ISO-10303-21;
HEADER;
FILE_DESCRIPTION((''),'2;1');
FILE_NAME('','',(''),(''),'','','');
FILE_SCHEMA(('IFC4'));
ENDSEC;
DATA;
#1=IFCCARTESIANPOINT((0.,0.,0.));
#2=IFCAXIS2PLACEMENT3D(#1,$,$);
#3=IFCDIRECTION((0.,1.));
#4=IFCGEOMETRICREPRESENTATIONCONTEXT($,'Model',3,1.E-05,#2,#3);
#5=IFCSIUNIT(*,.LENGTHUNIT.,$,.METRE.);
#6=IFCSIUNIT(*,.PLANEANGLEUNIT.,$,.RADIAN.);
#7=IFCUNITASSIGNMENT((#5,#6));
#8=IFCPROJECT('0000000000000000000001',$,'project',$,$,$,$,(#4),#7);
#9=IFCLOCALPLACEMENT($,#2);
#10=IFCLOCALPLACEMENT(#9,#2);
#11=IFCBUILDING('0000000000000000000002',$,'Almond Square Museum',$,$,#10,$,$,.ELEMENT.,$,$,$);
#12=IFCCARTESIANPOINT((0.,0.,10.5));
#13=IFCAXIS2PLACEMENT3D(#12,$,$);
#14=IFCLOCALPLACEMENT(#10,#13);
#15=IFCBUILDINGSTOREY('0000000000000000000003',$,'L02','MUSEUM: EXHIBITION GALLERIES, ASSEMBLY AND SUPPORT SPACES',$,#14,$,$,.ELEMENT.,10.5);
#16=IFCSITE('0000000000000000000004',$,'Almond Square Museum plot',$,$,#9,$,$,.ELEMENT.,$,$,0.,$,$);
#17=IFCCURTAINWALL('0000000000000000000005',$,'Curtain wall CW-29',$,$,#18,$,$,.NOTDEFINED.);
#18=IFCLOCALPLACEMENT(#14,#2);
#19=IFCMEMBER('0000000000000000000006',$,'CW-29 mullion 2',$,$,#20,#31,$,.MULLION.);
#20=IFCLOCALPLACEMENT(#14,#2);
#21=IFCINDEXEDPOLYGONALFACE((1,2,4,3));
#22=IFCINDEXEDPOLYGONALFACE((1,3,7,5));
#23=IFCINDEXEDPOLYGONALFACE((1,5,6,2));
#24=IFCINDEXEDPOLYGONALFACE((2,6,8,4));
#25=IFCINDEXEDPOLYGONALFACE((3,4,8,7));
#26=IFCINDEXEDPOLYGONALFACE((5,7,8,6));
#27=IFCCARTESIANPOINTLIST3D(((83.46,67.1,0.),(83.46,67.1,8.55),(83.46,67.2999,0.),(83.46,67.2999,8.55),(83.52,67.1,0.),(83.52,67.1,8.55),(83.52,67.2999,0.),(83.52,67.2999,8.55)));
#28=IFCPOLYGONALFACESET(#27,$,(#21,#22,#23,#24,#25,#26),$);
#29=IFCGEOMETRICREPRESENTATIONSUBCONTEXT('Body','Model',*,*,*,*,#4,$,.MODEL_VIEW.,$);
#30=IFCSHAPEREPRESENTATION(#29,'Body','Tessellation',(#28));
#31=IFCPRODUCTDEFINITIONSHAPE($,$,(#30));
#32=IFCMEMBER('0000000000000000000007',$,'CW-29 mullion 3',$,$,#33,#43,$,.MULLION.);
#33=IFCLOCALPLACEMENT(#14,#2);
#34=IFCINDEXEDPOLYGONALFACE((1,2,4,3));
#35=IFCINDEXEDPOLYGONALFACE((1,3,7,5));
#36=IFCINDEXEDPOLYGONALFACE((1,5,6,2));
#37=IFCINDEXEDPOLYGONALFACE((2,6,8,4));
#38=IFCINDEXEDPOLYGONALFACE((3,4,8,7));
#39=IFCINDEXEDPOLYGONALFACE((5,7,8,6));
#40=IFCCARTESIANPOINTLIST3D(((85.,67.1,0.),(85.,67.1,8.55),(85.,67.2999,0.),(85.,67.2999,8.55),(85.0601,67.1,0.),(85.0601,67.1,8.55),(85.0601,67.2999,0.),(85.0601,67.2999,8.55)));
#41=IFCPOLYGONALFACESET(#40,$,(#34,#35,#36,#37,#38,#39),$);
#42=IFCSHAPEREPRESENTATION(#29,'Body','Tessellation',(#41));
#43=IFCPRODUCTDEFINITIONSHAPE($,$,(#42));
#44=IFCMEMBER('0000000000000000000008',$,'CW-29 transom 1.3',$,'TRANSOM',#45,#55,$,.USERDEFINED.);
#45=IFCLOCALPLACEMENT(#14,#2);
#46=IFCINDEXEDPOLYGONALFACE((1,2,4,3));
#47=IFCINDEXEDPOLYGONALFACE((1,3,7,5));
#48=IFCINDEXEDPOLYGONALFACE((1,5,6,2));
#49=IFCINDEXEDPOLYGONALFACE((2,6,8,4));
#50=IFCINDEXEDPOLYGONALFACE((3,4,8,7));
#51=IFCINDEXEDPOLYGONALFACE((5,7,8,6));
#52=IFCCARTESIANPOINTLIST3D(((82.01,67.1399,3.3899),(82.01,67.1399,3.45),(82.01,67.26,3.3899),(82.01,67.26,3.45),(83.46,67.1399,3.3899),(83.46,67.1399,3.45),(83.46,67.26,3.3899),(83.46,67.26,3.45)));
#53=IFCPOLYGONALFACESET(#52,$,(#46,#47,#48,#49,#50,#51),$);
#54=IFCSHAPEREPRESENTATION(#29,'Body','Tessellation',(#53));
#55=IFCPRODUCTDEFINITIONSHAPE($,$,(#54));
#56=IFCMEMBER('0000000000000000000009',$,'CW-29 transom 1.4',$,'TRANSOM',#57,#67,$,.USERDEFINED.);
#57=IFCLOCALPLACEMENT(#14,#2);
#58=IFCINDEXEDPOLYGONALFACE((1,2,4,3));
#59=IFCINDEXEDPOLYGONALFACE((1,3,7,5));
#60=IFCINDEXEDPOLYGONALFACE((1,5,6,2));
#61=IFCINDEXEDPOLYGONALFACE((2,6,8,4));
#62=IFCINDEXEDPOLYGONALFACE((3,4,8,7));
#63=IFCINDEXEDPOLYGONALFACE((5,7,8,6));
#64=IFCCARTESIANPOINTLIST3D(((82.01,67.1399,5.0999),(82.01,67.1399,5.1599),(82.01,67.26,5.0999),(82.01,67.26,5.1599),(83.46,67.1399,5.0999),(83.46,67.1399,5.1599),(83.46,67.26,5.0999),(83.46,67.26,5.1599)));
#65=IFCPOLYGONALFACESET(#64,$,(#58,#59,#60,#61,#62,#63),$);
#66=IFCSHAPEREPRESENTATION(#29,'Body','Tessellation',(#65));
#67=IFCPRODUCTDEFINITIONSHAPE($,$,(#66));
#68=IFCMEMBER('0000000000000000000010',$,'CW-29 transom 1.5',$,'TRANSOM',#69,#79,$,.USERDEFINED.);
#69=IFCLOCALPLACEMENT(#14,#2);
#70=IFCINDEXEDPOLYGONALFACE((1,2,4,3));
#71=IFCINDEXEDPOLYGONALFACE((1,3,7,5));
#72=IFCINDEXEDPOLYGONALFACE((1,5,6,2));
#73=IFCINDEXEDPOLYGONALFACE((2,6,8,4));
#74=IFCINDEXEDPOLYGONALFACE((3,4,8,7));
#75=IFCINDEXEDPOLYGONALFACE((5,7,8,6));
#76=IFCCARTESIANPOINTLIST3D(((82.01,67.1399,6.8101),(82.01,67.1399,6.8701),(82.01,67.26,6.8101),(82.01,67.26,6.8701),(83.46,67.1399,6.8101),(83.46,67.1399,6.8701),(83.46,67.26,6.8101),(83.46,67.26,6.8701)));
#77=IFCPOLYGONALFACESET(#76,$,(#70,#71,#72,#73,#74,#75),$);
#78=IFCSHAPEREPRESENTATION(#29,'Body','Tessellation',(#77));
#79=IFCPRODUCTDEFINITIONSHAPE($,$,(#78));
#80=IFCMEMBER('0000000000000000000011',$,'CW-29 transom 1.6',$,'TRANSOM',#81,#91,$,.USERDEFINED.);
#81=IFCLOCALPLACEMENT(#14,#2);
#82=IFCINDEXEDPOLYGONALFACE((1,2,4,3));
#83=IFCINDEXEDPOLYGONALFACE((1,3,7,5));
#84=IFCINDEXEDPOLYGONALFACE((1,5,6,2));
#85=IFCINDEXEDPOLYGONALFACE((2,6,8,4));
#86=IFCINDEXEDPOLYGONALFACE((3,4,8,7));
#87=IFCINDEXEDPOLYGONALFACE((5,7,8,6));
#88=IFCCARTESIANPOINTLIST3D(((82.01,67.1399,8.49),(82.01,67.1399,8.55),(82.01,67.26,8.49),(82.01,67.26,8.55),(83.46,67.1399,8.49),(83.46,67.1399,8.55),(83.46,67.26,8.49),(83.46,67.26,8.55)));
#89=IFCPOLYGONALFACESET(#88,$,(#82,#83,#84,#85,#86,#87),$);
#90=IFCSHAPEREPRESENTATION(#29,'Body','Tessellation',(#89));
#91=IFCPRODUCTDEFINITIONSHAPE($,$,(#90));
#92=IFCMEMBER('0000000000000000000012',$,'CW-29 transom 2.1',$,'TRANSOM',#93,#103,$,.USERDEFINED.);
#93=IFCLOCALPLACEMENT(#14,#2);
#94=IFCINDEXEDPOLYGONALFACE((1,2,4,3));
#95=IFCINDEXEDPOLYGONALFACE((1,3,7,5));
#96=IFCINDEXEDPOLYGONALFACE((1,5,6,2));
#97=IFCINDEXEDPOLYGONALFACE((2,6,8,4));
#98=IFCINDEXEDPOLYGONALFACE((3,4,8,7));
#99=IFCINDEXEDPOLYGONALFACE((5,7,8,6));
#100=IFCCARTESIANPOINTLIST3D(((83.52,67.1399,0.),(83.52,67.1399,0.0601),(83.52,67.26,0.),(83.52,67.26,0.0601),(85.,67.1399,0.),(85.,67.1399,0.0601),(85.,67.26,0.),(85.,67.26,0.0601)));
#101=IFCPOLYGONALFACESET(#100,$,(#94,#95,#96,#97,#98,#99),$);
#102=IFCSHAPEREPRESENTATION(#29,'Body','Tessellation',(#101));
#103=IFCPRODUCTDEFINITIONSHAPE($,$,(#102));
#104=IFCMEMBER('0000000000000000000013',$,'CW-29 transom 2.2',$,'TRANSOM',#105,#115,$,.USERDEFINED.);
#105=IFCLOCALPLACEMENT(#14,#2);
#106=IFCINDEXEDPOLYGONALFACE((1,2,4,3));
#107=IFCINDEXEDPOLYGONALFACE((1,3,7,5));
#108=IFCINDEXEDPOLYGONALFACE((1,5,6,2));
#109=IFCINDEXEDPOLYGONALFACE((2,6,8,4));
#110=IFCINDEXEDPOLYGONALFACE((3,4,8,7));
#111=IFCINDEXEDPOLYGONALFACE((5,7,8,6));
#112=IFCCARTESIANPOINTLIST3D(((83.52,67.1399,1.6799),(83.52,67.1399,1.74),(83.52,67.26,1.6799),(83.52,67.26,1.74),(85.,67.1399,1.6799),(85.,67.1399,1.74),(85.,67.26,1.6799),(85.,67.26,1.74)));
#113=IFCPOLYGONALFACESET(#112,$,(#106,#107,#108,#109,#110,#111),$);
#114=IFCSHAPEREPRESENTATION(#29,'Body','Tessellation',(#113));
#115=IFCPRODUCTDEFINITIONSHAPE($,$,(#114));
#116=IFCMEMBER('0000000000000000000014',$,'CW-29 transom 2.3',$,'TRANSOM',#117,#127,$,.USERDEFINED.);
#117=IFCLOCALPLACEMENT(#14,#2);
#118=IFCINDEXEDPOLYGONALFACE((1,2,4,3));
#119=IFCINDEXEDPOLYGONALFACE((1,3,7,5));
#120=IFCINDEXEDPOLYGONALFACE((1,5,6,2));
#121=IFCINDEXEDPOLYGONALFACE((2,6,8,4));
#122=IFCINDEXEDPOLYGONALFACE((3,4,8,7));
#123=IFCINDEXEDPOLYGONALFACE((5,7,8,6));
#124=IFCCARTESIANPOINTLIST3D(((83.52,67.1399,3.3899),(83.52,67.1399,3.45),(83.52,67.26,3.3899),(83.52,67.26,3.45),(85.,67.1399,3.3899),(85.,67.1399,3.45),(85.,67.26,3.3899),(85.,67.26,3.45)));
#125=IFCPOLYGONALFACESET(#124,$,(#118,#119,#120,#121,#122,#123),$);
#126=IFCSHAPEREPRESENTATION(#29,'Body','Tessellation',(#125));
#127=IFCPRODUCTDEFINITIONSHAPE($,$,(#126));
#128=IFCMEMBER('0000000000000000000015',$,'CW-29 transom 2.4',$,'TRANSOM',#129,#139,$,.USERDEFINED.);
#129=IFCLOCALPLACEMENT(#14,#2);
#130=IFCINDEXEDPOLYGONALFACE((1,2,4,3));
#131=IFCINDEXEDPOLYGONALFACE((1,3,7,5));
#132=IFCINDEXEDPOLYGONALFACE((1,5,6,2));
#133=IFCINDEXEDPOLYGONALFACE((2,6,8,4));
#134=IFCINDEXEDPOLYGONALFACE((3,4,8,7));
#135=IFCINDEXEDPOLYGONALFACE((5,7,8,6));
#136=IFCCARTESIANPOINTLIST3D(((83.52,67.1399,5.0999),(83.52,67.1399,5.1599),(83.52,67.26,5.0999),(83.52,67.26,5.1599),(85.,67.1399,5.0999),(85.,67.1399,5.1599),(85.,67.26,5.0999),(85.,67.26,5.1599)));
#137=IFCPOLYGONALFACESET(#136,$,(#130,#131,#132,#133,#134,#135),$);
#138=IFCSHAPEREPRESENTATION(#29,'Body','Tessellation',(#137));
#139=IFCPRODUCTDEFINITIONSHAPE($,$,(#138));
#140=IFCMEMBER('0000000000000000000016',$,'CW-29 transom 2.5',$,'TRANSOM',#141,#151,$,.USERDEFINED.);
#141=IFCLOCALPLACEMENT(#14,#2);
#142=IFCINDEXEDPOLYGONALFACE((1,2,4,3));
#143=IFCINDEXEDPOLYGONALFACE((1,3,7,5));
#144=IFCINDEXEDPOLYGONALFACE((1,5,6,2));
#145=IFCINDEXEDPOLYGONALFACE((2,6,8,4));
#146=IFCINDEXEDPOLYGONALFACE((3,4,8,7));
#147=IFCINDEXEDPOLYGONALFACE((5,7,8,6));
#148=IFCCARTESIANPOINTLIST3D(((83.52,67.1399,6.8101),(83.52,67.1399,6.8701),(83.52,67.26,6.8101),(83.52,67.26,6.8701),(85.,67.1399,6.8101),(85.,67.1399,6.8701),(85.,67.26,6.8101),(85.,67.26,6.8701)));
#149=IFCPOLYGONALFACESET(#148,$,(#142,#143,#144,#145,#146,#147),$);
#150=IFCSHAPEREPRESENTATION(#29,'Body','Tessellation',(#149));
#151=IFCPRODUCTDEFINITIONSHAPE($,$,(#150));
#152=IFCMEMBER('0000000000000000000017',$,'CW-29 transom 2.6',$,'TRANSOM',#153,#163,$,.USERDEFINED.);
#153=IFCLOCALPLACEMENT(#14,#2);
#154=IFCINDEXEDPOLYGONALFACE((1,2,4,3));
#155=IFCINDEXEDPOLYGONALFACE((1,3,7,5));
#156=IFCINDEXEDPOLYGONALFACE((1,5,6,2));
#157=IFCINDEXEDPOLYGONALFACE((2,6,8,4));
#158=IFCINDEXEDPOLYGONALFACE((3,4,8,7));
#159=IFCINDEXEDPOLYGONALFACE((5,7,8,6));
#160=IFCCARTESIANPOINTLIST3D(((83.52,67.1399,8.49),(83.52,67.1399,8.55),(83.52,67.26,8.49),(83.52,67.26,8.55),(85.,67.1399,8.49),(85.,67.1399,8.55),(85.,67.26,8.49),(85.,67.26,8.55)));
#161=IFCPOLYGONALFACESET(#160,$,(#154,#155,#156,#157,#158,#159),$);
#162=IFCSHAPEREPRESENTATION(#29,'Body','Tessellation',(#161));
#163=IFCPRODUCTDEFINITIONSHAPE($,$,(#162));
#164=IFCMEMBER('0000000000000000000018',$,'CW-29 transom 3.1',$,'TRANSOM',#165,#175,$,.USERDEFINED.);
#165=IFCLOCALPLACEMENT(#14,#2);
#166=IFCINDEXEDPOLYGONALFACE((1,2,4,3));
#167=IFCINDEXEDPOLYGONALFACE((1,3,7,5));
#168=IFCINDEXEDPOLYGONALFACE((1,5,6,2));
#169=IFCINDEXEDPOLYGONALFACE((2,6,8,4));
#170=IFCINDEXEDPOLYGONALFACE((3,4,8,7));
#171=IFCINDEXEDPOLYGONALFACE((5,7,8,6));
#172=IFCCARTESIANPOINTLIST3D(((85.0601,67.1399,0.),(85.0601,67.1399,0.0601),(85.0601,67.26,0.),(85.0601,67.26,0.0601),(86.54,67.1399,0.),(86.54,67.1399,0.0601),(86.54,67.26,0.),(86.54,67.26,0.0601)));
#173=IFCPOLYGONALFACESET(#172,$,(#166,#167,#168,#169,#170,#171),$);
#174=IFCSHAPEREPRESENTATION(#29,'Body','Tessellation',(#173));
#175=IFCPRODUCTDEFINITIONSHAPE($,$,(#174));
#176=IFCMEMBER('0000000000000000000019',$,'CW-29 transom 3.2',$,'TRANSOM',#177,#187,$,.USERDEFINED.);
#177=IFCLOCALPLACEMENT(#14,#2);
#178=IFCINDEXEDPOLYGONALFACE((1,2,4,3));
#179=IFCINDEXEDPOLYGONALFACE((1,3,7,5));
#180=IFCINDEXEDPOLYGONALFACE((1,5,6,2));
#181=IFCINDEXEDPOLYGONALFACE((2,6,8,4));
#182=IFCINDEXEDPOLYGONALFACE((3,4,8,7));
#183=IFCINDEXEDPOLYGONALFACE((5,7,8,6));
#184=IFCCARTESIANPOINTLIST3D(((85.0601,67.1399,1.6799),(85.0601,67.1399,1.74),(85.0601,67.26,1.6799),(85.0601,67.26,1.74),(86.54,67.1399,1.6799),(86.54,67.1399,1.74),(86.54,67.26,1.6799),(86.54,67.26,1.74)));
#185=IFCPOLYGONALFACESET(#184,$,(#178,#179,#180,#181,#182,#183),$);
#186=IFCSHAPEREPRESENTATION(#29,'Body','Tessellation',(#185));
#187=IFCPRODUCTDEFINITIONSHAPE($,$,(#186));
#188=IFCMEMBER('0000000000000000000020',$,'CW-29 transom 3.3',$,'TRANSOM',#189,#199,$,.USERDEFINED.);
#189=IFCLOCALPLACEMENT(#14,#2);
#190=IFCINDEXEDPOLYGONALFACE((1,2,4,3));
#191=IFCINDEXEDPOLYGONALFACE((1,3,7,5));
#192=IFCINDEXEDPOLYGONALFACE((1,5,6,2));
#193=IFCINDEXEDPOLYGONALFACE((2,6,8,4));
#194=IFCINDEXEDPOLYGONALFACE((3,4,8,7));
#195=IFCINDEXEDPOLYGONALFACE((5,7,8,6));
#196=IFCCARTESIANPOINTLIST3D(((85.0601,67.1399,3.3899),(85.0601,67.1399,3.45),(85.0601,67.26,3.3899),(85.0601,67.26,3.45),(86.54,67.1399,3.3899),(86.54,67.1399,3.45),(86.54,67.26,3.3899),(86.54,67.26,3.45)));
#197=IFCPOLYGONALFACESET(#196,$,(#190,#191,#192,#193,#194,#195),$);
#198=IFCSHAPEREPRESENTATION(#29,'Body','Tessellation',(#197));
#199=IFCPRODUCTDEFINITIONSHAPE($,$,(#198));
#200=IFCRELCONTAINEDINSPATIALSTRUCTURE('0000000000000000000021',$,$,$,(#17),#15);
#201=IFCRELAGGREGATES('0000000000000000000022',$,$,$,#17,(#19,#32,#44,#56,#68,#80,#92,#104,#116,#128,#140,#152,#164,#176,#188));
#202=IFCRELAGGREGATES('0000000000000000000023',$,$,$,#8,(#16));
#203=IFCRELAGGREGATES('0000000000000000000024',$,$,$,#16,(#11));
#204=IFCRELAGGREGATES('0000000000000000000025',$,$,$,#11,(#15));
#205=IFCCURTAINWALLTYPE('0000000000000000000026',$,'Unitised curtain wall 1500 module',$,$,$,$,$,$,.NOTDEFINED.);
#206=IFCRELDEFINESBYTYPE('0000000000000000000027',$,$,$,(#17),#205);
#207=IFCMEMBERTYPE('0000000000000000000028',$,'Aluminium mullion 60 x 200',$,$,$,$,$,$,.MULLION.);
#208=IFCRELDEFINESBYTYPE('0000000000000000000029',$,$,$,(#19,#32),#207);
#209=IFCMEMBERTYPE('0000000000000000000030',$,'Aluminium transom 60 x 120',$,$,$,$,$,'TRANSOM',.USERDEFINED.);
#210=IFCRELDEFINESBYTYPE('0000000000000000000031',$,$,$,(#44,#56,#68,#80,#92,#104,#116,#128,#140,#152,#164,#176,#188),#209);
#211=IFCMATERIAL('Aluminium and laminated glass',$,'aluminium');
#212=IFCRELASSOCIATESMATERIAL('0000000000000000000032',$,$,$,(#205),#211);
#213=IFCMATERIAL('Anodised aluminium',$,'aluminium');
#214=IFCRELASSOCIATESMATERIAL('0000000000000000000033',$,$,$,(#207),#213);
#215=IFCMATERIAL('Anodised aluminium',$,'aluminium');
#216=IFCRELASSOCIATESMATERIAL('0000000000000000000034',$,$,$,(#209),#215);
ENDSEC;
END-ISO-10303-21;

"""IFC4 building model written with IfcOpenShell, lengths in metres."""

from ifc_helpers import new_model, si_unit, direction, frame, origin, origin_2d, place, context, subcontext, project, spatial, rectangle, extrude, material, material_profile, profile_set, type_object, element, aggregate, save


model = new_model("IFC4")

# Units and contexts
model_context = context("Model", 3, precision=1e-05, world=origin(), true_north=direction((0.0, 1.0)))
body_context = subcontext(model_context, "Body", "Model", "MODEL_VIEW")
ifc_project = project(units=[si_unit("LENGTHUNIT", "METRE"), si_unit("PLANEANGLEUNIT", "RADIAN")], contexts=[model_context])

# Site, building, storey
site_placement = place(None, origin())
site = spatial("IfcSite", under=ifc_project, at=site_placement, Name="Almond Square Museum plot", CompositionType="ELEMENT", RefElevation=0.0)
building_placement = place(site_placement, origin())
building = spatial("IfcBuilding", under=site, at=building_placement, Name="Almond Square Museum", CompositionType="ELEMENT")
storey_placement = place(building_placement, frame((0.0, 0.0, 10.5)))
storey = spatial("IfcBuildingStorey", under=building, at=storey_placement, Name="L02", Description="MUSEUM: EXHIBITION GALLERIES, ASSEMBLY AND SUPPORT SPACES", CompositionType="ELEMENT", Elevation=10.5)

# Curtain wall, members
ifc_material_1 = material(Name="Aluminium and laminated glass", Category="aluminium")
curtain_wall_type = type_object("IfcCurtainWallType", Name="Unitised curtain wall 1500 module", PredefinedType="NOTDEFINED", material=ifc_material_1)
curtain_wall_placement = place(storey_placement, origin())
curtain_wall = element("IfcCurtainWall", 1, at=curtain_wall_placement, inside=storey, type_object=curtain_wall_type, Name="Curtain wall CW-29", PredefinedType="NOTDEFINED")
ifc_material_2 = material(Name="Anodised aluminium", Category="aluminium")
ifc_material_profile_1 = material_profile(ifc_material_2, rectangle(XDim=0.2, YDim=0.0601, at=origin_2d()))
ifc_profile_set_1 = profile_set([ifc_material_profile_1], Name="Anodised aluminium")
member_type_1 = type_object("IfcMemberType", Name="Aluminium mullion 60 x 200", PredefinedType="MULLION", material=ifc_profile_set_1)
member_1_placement = place(storey_placement, frame((83.49, 67.2, 0.0), z_axis=(0.0, 0.0, 1.0), x_axis=(0.0, 1.0, 0.0)))
member_1 = element("IfcMember", 2, at=member_1_placement, type_object=member_type_1, Name="CW-29 mullion 2", PredefinedType="MULLION", context=body_context, shape_type="SweptSolid", body=[
    extrude(rectangle(XDim=0.2, YDim=0.0601, at=origin_2d()), origin(), (0.0, 0.0, 1.0), 8.55),
])
member_2_placement = place(storey_placement, frame((85.03, 67.2, 0.0), z_axis=(0.0, 0.0, 1.0), x_axis=(0.0, 1.0, 0.0)))
member_2 = element("IfcMember", 3, at=member_2_placement, type_object=member_type_1, Name="CW-29 mullion 3", PredefinedType="MULLION", context=body_context, shape_type="SweptSolid", body=[
    extrude(rectangle(XDim=0.2, YDim=0.0601, at=origin_2d()), origin(), (0.0, 0.0, 1.0), 8.55),
])
ifc_material_3 = material(Name="Anodised aluminium", Category="aluminium")
ifc_material_profile_2 = material_profile(ifc_material_3, rectangle(XDim=0.1201, YDim=0.0601, at=origin_2d()))
ifc_profile_set_2 = profile_set([ifc_material_profile_2], Name="Anodised aluminium")
member_type_2 = type_object("IfcMemberType", Name="Aluminium transom 60 x 120", ElementType="TRANSOM", PredefinedType="USERDEFINED", material=ifc_profile_set_2)
member_3_placement = place(storey_placement, frame((82.01, 67.2, 3.4199), z_axis=(1.0, 0.0, 0.0), x_axis=(0.0, 1.0, 0.0)))
member_3 = element("IfcMember", 4, at=member_3_placement, type_object=member_type_2, Name="CW-29 transom 1.3", ObjectType="TRANSOM", PredefinedType="USERDEFINED", context=body_context, shape_type="SweptSolid", body=[
    extrude(rectangle(XDim=0.1201, YDim=0.0601, at=origin_2d()), origin(), (0.0, 0.0, 1.0), 1.45),
])
member_4_placement = place(storey_placement, frame((82.01, 67.2, 5.1299), z_axis=(1.0, 0.0, 0.0), x_axis=(0.0, 1.0, 0.0)))
member_4 = element("IfcMember", 5, at=member_4_placement, type_object=member_type_2, Name="CW-29 transom 1.4", ObjectType="TRANSOM", PredefinedType="USERDEFINED", context=body_context, shape_type="SweptSolid", body=[
    extrude(rectangle(XDim=0.1201, YDim=0.0601, at=origin_2d()), origin(), (0.0, 0.0, 1.0), 1.45),
])
member_5_placement = place(storey_placement, frame((82.01, 67.2, 6.8401), z_axis=(1.0, 0.0, 0.0), x_axis=(0.0, 1.0, 0.0)))
member_5 = element("IfcMember", 6, at=member_5_placement, type_object=member_type_2, Name="CW-29 transom 1.5", ObjectType="TRANSOM", PredefinedType="USERDEFINED", context=body_context, shape_type="SweptSolid", body=[
    extrude(rectangle(XDim=0.1201, YDim=0.0601, at=origin_2d()), origin(), (0.0, 0.0, 1.0), 1.45),
])
member_6_placement = place(storey_placement, frame((82.01, 67.2, 8.52), z_axis=(1.0, 0.0, 0.0), x_axis=(0.0, 1.0, 0.0)))
member_6 = element("IfcMember", 7, at=member_6_placement, type_object=member_type_2, Name="CW-29 transom 1.6", ObjectType="TRANSOM", PredefinedType="USERDEFINED", context=body_context, shape_type="SweptSolid", body=[
    extrude(rectangle(XDim=0.1201, YDim=0.0601, at=origin_2d()), origin(), (0.0, 0.0, 1.0), 1.45),
])
member_7_placement = place(storey_placement, frame((83.52, 67.2, 0.03), z_axis=(1.0, 0.0, 0.0), x_axis=(0.0, 1.0, 0.0)))
member_7 = element("IfcMember", 8, at=member_7_placement, type_object=member_type_2, Name="CW-29 transom 2.1", ObjectType="TRANSOM", PredefinedType="USERDEFINED", context=body_context, shape_type="SweptSolid", body=[
    extrude(rectangle(XDim=0.1201, YDim=0.0601, at=origin_2d()), origin(), (0.0, 0.0, 1.0), 1.48),
])
member_8_placement = place(storey_placement, frame((83.52, 67.2, 1.71), z_axis=(1.0, 0.0, 0.0), x_axis=(0.0, 1.0, 0.0)))
member_8 = element("IfcMember", 9, at=member_8_placement, type_object=member_type_2, Name="CW-29 transom 2.2", ObjectType="TRANSOM", PredefinedType="USERDEFINED", context=body_context, shape_type="SweptSolid", body=[
    extrude(rectangle(XDim=0.1201, YDim=0.0601, at=origin_2d()), origin(), (0.0, 0.0, 1.0), 1.48),
])
member_9_placement = place(storey_placement, frame((83.52, 67.2, 3.4199), z_axis=(1.0, 0.0, 0.0), x_axis=(0.0, 1.0, 0.0)))
member_9 = element("IfcMember", 10, at=member_9_placement, type_object=member_type_2, Name="CW-29 transom 2.3", ObjectType="TRANSOM", PredefinedType="USERDEFINED", context=body_context, shape_type="SweptSolid", body=[
    extrude(rectangle(XDim=0.1201, YDim=0.0601, at=origin_2d()), origin(), (0.0, 0.0, 1.0), 1.48),
])
member_10_placement = place(storey_placement, frame((83.52, 67.2, 5.1299), z_axis=(1.0, 0.0, 0.0), x_axis=(0.0, 1.0, 0.0)))
member_10 = element("IfcMember", 11, at=member_10_placement, type_object=member_type_2, Name="CW-29 transom 2.4", ObjectType="TRANSOM", PredefinedType="USERDEFINED", context=body_context, shape_type="SweptSolid", body=[
    extrude(rectangle(XDim=0.1201, YDim=0.0601, at=origin_2d()), origin(), (0.0, 0.0, 1.0), 1.48),
])
member_11_placement = place(storey_placement, frame((83.52, 67.2, 6.8401), z_axis=(1.0, 0.0, 0.0), x_axis=(0.0, 1.0, 0.0)))
member_11 = element("IfcMember", 12, at=member_11_placement, type_object=member_type_2, Name="CW-29 transom 2.5", ObjectType="TRANSOM", PredefinedType="USERDEFINED", context=body_context, shape_type="SweptSolid", body=[
    extrude(rectangle(XDim=0.1201, YDim=0.0601, at=origin_2d()), origin(), (0.0, 0.0, 1.0), 1.48),
])
member_12_placement = place(storey_placement, frame((83.52, 67.2, 8.52), z_axis=(1.0, 0.0, 0.0), x_axis=(0.0, 1.0, 0.0)))
member_12 = element("IfcMember", 13, at=member_12_placement, type_object=member_type_2, Name="CW-29 transom 2.6", ObjectType="TRANSOM", PredefinedType="USERDEFINED", context=body_context, shape_type="SweptSolid", body=[
    extrude(rectangle(XDim=0.1201, YDim=0.0601, at=origin_2d()), origin(), (0.0, 0.0, 1.0), 1.48),
])
member_13_placement = place(storey_placement, frame((85.0601, 67.2, 0.03), z_axis=(1.0, 0.0, 0.0), x_axis=(0.0, 1.0, 0.0)))
member_13 = element("IfcMember", 14, at=member_13_placement, type_object=member_type_2, Name="CW-29 transom 3.1", ObjectType="TRANSOM", PredefinedType="USERDEFINED", context=body_context, shape_type="SweptSolid", body=[
    extrude(rectangle(XDim=0.1201, YDim=0.0601, at=origin_2d()), origin(), (0.0, 0.0, 1.0), 1.48),
])
member_14_placement = place(storey_placement, frame((85.0601, 67.2, 1.71), z_axis=(1.0, 0.0, 0.0), x_axis=(0.0, 1.0, 0.0)))
member_14 = element("IfcMember", 15, at=member_14_placement, type_object=member_type_2, Name="CW-29 transom 3.2", ObjectType="TRANSOM", PredefinedType="USERDEFINED", context=body_context, shape_type="SweptSolid", body=[
    extrude(rectangle(XDim=0.1201, YDim=0.0601, at=origin_2d()), origin(), (0.0, 0.0, 1.0), 1.48),
])
member_15_placement = place(storey_placement, frame((85.0601, 67.2, 3.4199), z_axis=(1.0, 0.0, 0.0), x_axis=(0.0, 1.0, 0.0)))
member_15 = element("IfcMember", 16, at=member_15_placement, type_object=member_type_2, Name="CW-29 transom 3.3", ObjectType="TRANSOM", PredefinedType="USERDEFINED", context=body_context, shape_type="SweptSolid", body=[
    extrude(rectangle(XDim=0.1201, YDim=0.0601, at=origin_2d()), origin(), (0.0, 0.0, 1.0), 1.48),
])
aggregate(curtain_wall, [member_1, member_2, member_3, member_4, member_5, member_6, member_7, member_8, member_9, member_10, member_11, member_12, member_13, member_14, member_15])

save(model, "model.ifc")
